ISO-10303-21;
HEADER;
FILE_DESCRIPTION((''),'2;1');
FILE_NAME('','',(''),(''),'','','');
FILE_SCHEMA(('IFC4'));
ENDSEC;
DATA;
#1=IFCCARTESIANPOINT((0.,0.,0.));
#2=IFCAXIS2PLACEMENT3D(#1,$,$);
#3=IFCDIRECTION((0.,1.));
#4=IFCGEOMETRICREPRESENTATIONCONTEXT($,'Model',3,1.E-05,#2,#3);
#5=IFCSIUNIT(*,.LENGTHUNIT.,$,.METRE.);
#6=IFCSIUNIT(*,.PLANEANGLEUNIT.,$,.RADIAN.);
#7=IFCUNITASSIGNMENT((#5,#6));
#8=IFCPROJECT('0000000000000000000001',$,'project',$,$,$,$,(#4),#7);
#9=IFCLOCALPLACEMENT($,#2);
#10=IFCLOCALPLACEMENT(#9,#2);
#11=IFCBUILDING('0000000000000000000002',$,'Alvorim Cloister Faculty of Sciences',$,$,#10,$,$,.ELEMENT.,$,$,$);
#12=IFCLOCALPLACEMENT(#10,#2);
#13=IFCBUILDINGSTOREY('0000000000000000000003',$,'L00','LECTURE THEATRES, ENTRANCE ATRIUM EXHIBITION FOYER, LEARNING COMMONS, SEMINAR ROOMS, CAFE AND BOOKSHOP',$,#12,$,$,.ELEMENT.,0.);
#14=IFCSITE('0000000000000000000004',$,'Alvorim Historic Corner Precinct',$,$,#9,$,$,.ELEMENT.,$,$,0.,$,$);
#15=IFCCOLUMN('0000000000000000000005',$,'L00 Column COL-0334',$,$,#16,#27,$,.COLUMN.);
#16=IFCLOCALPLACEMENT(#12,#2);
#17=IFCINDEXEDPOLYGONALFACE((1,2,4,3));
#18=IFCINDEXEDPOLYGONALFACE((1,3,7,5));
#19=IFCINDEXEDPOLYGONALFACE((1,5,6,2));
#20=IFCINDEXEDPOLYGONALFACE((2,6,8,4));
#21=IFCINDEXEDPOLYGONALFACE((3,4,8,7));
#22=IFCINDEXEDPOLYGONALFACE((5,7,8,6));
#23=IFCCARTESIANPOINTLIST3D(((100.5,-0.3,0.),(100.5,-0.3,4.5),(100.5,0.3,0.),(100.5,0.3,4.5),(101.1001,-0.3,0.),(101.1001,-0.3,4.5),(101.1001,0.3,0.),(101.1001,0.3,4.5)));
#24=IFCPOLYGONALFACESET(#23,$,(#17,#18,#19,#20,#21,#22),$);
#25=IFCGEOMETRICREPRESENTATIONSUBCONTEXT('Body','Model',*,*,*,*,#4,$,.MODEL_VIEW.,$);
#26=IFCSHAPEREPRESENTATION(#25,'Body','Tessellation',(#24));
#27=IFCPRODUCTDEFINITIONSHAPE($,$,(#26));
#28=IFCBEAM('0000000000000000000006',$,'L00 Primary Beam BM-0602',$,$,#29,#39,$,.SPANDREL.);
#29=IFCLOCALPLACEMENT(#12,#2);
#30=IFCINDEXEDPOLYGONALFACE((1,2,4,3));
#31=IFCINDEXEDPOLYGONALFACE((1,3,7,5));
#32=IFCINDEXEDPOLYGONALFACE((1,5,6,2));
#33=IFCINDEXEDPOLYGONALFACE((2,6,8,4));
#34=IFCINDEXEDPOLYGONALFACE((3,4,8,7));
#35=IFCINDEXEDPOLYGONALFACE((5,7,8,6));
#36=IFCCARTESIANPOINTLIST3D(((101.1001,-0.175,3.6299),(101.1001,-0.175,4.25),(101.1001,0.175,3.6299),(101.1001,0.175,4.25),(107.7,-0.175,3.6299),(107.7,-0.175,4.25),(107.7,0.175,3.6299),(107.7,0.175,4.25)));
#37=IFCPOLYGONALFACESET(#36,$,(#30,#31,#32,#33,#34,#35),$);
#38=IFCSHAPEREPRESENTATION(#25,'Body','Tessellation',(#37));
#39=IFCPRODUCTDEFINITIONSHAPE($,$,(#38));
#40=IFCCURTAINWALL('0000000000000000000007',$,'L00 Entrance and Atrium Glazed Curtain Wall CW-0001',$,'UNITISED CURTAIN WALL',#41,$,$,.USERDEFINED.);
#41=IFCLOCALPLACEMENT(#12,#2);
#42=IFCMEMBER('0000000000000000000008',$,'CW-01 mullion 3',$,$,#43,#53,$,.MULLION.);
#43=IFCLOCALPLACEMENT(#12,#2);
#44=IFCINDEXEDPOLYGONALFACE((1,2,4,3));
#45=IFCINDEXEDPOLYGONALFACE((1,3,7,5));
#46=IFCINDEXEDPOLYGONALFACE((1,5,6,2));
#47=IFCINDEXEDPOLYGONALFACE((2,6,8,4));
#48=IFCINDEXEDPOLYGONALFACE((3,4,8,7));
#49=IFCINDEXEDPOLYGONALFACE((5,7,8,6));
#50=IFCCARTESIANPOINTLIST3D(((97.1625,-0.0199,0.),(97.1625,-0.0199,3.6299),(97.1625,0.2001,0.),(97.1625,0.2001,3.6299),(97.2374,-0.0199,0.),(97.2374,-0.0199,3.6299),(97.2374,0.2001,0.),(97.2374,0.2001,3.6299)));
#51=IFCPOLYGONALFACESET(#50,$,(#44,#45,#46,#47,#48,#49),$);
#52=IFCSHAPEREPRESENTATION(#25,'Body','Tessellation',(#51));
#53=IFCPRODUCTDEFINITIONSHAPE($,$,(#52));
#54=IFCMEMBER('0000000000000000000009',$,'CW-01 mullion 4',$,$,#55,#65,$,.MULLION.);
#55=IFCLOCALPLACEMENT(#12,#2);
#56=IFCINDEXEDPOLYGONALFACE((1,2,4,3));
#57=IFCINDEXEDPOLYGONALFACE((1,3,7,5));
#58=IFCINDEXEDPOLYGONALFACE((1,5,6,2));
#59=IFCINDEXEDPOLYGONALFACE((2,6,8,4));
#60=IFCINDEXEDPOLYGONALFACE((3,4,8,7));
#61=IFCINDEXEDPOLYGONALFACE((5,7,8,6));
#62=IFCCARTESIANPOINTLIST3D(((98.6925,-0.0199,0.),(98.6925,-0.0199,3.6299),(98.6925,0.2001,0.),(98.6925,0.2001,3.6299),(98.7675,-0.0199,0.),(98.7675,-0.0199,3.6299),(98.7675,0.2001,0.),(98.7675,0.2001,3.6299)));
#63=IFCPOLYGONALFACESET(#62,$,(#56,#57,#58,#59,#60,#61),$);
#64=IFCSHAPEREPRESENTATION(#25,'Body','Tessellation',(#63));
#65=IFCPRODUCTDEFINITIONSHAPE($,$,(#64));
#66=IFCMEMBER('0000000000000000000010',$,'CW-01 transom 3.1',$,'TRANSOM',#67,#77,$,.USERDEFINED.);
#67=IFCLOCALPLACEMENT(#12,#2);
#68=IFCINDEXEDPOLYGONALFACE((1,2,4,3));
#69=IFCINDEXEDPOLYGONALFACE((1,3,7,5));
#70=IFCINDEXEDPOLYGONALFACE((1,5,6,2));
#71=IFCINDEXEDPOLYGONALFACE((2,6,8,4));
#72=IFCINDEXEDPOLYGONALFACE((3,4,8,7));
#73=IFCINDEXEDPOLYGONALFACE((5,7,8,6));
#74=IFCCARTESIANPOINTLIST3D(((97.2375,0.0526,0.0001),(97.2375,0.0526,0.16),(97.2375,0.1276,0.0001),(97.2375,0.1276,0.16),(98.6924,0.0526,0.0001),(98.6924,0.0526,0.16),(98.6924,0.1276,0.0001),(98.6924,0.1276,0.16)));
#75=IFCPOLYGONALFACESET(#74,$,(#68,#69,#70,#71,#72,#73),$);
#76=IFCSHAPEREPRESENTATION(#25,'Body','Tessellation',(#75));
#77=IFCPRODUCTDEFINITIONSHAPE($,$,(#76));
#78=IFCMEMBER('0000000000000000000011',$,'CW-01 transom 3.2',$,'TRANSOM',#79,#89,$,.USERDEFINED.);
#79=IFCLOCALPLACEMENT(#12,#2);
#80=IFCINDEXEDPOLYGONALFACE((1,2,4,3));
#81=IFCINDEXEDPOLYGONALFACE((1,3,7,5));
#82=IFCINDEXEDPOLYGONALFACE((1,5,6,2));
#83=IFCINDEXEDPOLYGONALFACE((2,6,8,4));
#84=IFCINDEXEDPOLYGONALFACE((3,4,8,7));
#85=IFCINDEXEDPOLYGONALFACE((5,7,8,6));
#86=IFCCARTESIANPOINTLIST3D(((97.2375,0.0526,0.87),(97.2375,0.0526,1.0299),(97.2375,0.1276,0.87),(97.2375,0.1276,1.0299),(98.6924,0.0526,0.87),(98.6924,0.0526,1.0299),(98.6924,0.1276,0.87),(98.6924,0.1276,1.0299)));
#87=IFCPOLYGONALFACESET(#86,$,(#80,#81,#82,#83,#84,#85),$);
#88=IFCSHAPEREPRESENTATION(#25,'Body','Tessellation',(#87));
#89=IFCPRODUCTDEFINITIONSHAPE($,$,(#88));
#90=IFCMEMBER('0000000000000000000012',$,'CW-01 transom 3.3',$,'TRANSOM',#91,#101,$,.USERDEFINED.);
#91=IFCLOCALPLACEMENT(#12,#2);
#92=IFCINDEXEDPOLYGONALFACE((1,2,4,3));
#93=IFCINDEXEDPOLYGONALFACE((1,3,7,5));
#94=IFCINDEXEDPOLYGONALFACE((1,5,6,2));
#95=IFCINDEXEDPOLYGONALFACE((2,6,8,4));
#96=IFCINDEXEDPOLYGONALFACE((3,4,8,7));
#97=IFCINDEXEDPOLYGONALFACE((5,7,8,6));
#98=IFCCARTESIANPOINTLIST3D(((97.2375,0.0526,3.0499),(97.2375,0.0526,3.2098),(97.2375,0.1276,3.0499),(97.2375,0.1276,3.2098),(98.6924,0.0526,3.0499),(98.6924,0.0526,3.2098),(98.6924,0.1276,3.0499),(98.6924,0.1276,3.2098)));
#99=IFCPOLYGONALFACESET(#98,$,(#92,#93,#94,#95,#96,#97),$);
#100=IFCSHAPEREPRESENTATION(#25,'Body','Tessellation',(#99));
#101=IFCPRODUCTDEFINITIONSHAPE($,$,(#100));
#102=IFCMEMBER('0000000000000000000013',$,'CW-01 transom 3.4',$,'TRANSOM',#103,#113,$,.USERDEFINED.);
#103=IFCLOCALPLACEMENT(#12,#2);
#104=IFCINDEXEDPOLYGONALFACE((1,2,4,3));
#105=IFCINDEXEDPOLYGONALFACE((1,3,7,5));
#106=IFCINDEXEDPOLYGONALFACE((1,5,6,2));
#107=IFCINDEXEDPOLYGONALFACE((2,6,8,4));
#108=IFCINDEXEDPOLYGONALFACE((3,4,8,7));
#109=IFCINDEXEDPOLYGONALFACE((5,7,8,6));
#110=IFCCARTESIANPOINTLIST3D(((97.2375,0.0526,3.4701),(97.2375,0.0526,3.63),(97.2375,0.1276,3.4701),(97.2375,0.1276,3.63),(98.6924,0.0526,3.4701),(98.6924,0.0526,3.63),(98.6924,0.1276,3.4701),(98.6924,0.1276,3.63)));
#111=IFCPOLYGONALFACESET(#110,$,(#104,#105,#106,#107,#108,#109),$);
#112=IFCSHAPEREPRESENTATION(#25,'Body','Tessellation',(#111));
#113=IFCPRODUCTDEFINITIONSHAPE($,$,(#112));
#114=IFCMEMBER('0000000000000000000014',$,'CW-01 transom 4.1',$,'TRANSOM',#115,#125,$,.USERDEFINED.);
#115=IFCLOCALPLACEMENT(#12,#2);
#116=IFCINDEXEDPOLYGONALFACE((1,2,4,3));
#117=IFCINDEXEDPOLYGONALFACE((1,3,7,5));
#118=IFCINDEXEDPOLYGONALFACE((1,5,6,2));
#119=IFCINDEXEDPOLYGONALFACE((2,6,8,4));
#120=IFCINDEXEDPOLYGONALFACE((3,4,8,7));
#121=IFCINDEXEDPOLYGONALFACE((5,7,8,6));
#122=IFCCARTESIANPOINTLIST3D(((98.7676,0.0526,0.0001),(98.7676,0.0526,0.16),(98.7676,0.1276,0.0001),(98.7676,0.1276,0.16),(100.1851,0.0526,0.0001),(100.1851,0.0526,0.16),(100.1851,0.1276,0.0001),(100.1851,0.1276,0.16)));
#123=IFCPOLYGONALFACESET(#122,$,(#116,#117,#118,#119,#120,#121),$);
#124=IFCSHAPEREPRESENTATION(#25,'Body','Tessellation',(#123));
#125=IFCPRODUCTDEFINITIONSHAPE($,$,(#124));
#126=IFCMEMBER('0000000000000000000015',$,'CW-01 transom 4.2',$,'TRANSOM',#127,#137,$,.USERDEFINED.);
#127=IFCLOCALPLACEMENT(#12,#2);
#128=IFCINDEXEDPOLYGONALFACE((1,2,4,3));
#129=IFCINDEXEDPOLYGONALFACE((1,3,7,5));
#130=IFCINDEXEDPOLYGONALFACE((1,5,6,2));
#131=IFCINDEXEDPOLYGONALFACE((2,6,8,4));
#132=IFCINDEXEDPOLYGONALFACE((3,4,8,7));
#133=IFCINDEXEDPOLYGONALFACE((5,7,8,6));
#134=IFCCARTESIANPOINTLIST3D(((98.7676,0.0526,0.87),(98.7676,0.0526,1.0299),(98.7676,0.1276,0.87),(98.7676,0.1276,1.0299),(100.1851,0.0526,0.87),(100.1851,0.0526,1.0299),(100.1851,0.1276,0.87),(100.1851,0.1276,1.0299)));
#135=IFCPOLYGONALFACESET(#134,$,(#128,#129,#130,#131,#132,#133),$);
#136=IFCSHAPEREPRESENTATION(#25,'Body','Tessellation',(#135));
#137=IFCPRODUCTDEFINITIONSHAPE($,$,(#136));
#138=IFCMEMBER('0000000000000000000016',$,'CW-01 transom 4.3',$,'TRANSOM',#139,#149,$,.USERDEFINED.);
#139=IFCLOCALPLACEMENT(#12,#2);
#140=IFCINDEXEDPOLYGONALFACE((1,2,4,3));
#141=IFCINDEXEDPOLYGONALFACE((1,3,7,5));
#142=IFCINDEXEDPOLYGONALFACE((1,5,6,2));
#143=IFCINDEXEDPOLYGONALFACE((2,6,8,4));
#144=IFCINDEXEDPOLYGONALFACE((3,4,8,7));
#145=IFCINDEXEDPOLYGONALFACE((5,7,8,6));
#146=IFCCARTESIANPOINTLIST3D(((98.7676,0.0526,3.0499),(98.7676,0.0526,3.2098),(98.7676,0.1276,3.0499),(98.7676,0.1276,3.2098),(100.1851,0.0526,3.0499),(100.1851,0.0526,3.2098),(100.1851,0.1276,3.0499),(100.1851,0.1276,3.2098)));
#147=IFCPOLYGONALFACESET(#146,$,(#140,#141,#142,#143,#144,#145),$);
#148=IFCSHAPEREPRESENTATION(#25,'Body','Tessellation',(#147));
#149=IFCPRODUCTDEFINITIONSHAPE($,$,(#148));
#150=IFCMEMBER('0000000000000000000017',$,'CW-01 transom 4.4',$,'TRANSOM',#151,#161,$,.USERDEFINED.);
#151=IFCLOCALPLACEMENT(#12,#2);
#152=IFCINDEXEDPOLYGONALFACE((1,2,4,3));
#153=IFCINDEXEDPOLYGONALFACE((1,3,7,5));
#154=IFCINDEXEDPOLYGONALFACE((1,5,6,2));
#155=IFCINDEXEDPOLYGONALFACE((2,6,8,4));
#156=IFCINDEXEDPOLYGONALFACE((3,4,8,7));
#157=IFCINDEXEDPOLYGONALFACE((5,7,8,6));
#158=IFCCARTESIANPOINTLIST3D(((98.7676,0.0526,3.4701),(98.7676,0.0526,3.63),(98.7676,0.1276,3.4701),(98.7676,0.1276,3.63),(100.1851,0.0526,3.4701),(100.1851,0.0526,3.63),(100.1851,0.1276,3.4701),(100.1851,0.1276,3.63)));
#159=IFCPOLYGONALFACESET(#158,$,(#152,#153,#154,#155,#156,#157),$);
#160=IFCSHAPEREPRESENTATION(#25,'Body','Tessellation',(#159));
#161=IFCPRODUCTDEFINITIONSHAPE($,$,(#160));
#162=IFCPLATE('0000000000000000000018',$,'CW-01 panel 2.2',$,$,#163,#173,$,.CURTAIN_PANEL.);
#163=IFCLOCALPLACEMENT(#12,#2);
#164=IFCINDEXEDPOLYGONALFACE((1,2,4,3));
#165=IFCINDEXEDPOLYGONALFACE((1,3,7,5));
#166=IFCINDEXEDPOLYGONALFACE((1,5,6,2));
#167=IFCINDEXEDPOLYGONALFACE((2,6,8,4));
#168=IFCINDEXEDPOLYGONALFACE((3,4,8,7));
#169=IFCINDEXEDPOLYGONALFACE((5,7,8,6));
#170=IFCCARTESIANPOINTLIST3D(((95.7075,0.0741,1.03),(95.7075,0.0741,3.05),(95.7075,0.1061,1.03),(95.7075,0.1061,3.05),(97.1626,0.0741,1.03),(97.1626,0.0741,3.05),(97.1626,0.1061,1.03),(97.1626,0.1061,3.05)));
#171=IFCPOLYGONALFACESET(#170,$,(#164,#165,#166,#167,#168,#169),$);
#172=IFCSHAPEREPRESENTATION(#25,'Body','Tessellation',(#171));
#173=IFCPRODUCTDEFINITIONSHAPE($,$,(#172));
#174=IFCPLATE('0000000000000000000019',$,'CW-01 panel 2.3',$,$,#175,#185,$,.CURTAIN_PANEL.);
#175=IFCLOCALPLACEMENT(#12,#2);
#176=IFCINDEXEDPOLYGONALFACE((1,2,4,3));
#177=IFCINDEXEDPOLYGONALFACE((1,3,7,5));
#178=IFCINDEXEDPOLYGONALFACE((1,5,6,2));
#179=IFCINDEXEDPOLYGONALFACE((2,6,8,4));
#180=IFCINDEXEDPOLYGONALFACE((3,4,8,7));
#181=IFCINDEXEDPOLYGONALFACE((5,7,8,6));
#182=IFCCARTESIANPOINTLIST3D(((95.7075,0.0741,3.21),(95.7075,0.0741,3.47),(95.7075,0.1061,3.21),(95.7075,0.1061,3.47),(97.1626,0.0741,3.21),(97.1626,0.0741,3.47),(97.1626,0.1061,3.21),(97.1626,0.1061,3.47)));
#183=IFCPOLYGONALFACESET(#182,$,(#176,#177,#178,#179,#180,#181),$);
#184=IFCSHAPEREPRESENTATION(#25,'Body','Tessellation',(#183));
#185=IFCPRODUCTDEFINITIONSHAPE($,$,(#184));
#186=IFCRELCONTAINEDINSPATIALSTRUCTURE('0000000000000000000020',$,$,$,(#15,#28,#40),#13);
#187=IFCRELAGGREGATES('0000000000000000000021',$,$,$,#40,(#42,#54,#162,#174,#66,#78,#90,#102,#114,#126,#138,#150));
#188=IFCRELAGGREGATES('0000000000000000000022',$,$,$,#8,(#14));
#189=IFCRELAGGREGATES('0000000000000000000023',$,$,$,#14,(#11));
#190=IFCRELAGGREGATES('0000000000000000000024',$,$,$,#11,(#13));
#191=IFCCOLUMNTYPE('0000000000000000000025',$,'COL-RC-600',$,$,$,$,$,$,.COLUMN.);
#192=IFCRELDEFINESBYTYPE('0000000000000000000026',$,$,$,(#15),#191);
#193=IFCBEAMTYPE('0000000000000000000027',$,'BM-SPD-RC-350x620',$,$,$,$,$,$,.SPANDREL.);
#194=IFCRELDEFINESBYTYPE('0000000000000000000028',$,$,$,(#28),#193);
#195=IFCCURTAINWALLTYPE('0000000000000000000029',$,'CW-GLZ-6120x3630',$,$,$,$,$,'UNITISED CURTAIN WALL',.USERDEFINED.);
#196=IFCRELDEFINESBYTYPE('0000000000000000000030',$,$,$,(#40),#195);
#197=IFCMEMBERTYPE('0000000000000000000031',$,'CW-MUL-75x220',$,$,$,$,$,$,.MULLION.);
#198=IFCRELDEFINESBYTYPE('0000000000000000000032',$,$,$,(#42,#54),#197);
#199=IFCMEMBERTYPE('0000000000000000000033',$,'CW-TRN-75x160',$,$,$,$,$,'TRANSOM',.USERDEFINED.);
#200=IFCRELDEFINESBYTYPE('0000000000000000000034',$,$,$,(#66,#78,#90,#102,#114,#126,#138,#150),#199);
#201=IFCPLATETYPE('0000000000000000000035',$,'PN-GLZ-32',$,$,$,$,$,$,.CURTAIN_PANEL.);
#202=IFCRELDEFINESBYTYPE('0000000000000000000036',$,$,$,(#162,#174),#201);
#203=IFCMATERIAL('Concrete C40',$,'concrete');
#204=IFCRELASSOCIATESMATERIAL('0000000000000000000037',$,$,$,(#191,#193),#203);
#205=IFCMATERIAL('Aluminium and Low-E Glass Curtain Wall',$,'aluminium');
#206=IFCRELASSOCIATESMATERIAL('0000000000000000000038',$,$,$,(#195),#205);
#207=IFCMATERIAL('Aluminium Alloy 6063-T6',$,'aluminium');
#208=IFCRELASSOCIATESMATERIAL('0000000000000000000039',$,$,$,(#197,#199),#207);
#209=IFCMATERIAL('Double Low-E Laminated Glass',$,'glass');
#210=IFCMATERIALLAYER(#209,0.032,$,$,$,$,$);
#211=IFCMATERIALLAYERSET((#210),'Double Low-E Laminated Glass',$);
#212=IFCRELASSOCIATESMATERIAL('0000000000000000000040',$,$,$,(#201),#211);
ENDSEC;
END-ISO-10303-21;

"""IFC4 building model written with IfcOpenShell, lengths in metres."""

from ifc_helpers import new_model, si_unit, direction, frame, origin, origin_2d, place, context, subcontext, project, spatial, rectangle, extrude, material, layer, layer_set, material_profile, profile_set, type_object, element, aggregate, save


model = new_model("IFC4")

# Units and contexts
model_context = context("Model", 3, precision=1e-05, world=origin(), true_north=direction((0.0, 1.0)))
body_context = subcontext(model_context, "Body", "Model", "MODEL_VIEW")
ifc_project = project(units=[si_unit("LENGTHUNIT", "METRE"), si_unit("PLANEANGLEUNIT", "RADIAN")], contexts=[model_context])

# Site, building, storey
site_placement = place(None, origin())
site = spatial("IfcSite", under=ifc_project, at=site_placement, Name="Alvorim Historic Corner Precinct", CompositionType="ELEMENT", RefElevation=0.0)
building_placement = place(site_placement, origin())
building = spatial("IfcBuilding", under=site, at=building_placement, Name="Alvorim Cloister Faculty of Sciences", CompositionType="ELEMENT")
storey_placement = place(building_placement, origin())
storey = spatial("IfcBuildingStorey", under=building, at=storey_placement, Name="L00", Description="LECTURE THEATRES, ENTRANCE ATRIUM EXHIBITION FOYER, LEARNING COMMONS, SEMINAR ROOMS, CAFE AND BOOKSHOP", CompositionType="ELEMENT", Elevation=0.0)

# Column
ifc_material_1 = material(Name="Concrete C40", Category="concrete")
ifc_material_profile_1 = material_profile(ifc_material_1, rectangle(XDim=0.6001, YDim=0.6001, at=origin_2d()), Name="RC40-COL-600x600")
ifc_profile_set_1 = profile_set([ifc_material_profile_1], Name="Concrete C40")
column_type = type_object("IfcColumnType", Name="COL-RC-600", PredefinedType="COLUMN", material=ifc_profile_set_1)
column_placement = place(storey_placement, frame((100.8, 0.0, 0.0), z_axis=(0.0, 0.0, 1.0), x_axis=(1.0, 0.0, 0.0)))
element("IfcColumn", 1, at=column_placement, inside=storey, type_object=column_type, Name="L00 Column COL-0334", PredefinedType="COLUMN", context=body_context, shape_type="SweptSolid", body=[
    extrude(rectangle(XDim=0.6001, YDim=0.6001, at=origin_2d()), origin(), (0.0, 0.0, 1.0), 4.5),
])

# Beam
ifc_material_profile_2 = material_profile(ifc_material_1, rectangle(XDim=0.3501, YDim=0.6201, at=origin_2d()), Name="RC40-SPD-350x620")
ifc_profile_set_2 = profile_set([ifc_material_profile_2], Name="Concrete C40")
beam_type = type_object("IfcBeamType", Name="BM-SPD-RC-350x620", PredefinedType="SPANDREL", material=ifc_profile_set_2)
beam_placement = place(storey_placement, frame((101.1001, 0.0, 3.9399), z_axis=(1.0, 0.0, 0.0), x_axis=(0.0, 1.0, 0.0)))
element("IfcBeam", 2, at=beam_placement, inside=storey, type_object=beam_type, Name="L00 Primary Beam BM-0602", PredefinedType="SPANDREL", context=body_context, shape_type="SweptSolid", body=[
    extrude(rectangle(XDim=0.3501, YDim=0.6201, at=origin_2d()), origin(), (0.0, 0.0, 1.0), 6.5999),
])

# Curtain wall, members, plates
ifc_material_2 = material(Name="Aluminium and Low-E Glass Curtain Wall", Category="aluminium")
curtain_wall_type = type_object("IfcCurtainWallType", Name="CW-GLZ-6120x3630", ElementType="UNITISED CURTAIN WALL", PredefinedType="USERDEFINED", material=ifc_material_2)
curtain_wall_placement = place(storey_placement, origin())
curtain_wall = element("IfcCurtainWall", 3, at=curtain_wall_placement, inside=storey, type_object=curtain_wall_type, Name="L00 Entrance and Atrium Glazed Curtain Wall CW-0001", ObjectType="UNITISED CURTAIN WALL", PredefinedType="USERDEFINED")
ifc_material_3 = material(Name="Aluminium Alloy 6063-T6", Category="aluminium")
ifc_material_profile_3 = material_profile(ifc_material_3, rectangle(XDim=0.075, YDim=0.22, at=origin_2d()), Name="ALU-MUL-75x220")
ifc_profile_set_3 = profile_set([ifc_material_profile_3], Name="Aluminium Alloy 6063-T6")
member_type_1 = type_object("IfcMemberType", Name="CW-MUL-75x220", PredefinedType="MULLION", material=ifc_profile_set_3)
member_1_placement = place(storey_placement, frame((97.2, 0.0901, 0.0), z_axis=(0.0, 0.0, 1.0), x_axis=(1.0, 0.0, 0.0)))
member_1 = element("IfcMember", 4, at=member_1_placement, type_object=member_type_1, Name="CW-01 mullion 3", PredefinedType="MULLION", context=body_context, shape_type="SweptSolid", body=[
    extrude(rectangle(XDim=0.075, YDim=0.22, at=origin_2d()), origin(), (0.0, 0.0, 1.0), 3.6299),
])
member_2_placement = place(storey_placement, frame((98.73, 0.0901, 0.0), z_axis=(0.0, 0.0, 1.0), x_axis=(1.0, 0.0, 0.0)))
member_2 = element("IfcMember", 5, at=member_2_placement, type_object=member_type_1, Name="CW-01 mullion 4", PredefinedType="MULLION", context=body_context, shape_type="SweptSolid", body=[
    extrude(rectangle(XDim=0.075, YDim=0.22, at=origin_2d()), origin(), (0.0, 0.0, 1.0), 3.6299),
])
ifc_material_profile_4 = material_profile(ifc_material_3, rectangle(XDim=0.075, YDim=0.1599, at=origin_2d()), Name="ALU-TRN-75x160")
ifc_profile_set_4 = profile_set([ifc_material_profile_4], Name="Aluminium Alloy 6063-T6")
member_type_2 = type_object("IfcMemberType", Name="CW-TRN-75x160", ElementType="TRANSOM", PredefinedType="USERDEFINED", material=ifc_profile_set_4)
member_3_placement = place(storey_placement, frame((97.2375, 0.0901, 0.0801), z_axis=(1.0, 0.0, 0.0), x_axis=(0.0, 1.0, 0.0)))
member_3 = element("IfcMember", 6, at=member_3_placement, type_object=member_type_2, Name="CW-01 transom 3.1", ObjectType="TRANSOM", PredefinedType="USERDEFINED", context=body_context, shape_type="SweptSolid", body=[
    extrude(rectangle(XDim=0.075, YDim=0.1599, at=origin_2d()), origin(), (0.0, 0.0, 1.0), 1.4548),
])
member_4_placement = place(storey_placement, frame((97.2375, 0.0901, 0.95), z_axis=(1.0, 0.0, 0.0), x_axis=(0.0, 1.0, 0.0)))
member_4 = element("IfcMember", 7, at=member_4_placement, type_object=member_type_2, Name="CW-01 transom 3.2", ObjectType="TRANSOM", PredefinedType="USERDEFINED", context=body_context, shape_type="SweptSolid", body=[
    extrude(rectangle(XDim=0.075, YDim=0.1599, at=origin_2d()), origin(), (0.0, 0.0, 1.0), 1.4548),
])
member_5_placement = place(storey_placement, frame((97.2375, 0.0901, 3.1299), z_axis=(1.0, 0.0, 0.0), x_axis=(0.0, 1.0, 0.0)))
member_5 = element("IfcMember", 8, at=member_5_placement, type_object=member_type_2, Name="CW-01 transom 3.3", ObjectType="TRANSOM", PredefinedType="USERDEFINED", context=body_context, shape_type="SweptSolid", body=[
    extrude(rectangle(XDim=0.075, YDim=0.1599, at=origin_2d()), origin(), (0.0, 0.0, 1.0), 1.4548),
])
member_6_placement = place(storey_placement, frame((97.2375, 0.0901, 3.55), z_axis=(1.0, 0.0, 0.0), x_axis=(0.0, 1.0, 0.0)))
member_6 = element("IfcMember", 9, at=member_6_placement, type_object=member_type_2, Name="CW-01 transom 3.4", ObjectType="TRANSOM", PredefinedType="USERDEFINED", context=body_context, shape_type="SweptSolid", body=[
    extrude(rectangle(XDim=0.075, YDim=0.1599, at=origin_2d()), origin(), (0.0, 0.0, 1.0), 1.4548),
])
member_7_placement = place(storey_placement, frame((98.7676, 0.0901, 0.0801), z_axis=(1.0, 0.0, 0.0), x_axis=(0.0, 1.0, 0.0)))
member_7 = element("IfcMember", 10, at=member_7_placement, type_object=member_type_2, Name="CW-01 transom 4.1", ObjectType="TRANSOM", PredefinedType="USERDEFINED", context=body_context, shape_type="SweptSolid", body=[
    extrude(rectangle(XDim=0.075, YDim=0.1599, at=origin_2d()), origin(), (0.0, 0.0, 1.0), 1.4175),
])
member_8_placement = place(storey_placement, frame((98.7676, 0.0901, 0.95), z_axis=(1.0, 0.0, 0.0), x_axis=(0.0, 1.0, 0.0)))
member_8 = element("IfcMember", 11, at=member_8_placement, type_object=member_type_2, Name="CW-01 transom 4.2", ObjectType="TRANSOM", PredefinedType="USERDEFINED", context=body_context, shape_type="SweptSolid", body=[
    extrude(rectangle(XDim=0.075, YDim=0.1599, at=origin_2d()), origin(), (0.0, 0.0, 1.0), 1.4175),
])
member_9_placement = place(storey_placement, frame((98.7676, 0.0901, 3.1299), z_axis=(1.0, 0.0, 0.0), x_axis=(0.0, 1.0, 0.0)))
member_9 = element("IfcMember", 12, at=member_9_placement, type_object=member_type_2, Name="CW-01 transom 4.3", ObjectType="TRANSOM", PredefinedType="USERDEFINED", context=body_context, shape_type="SweptSolid", body=[
    extrude(rectangle(XDim=0.075, YDim=0.1599, at=origin_2d()), origin(), (0.0, 0.0, 1.0), 1.4175),
])
member_10_placement = place(storey_placement, frame((98.7676, 0.0901, 3.55), z_axis=(1.0, 0.0, 0.0), x_axis=(0.0, 1.0, 0.0)))
member_10 = element("IfcMember", 13, at=member_10_placement, type_object=member_type_2, Name="CW-01 transom 4.4", ObjectType="TRANSOM", PredefinedType="USERDEFINED", context=body_context, shape_type="SweptSolid", body=[
    extrude(rectangle(XDim=0.075, YDim=0.1599, at=origin_2d()), origin(), (0.0, 0.0, 1.0), 1.4175),
])
ifc_material_4 = material(Name="Double Low-E Laminated Glass", Category="glass")
ifc_layer = layer(ifc_material_4, 0.032)
ifc_layer_set = layer_set([ifc_layer], Name="Double Low-E Laminated Glass")
plate_type = type_object("IfcPlateType", Name="PN-GLZ-32", PredefinedType="CURTAIN_PANEL", material=ifc_layer_set)
plate_1_placement = place(storey_placement, frame((96.4351, 0.0901, 1.03), z_axis=(0.0, 0.0, 1.0), x_axis=(1.0, 0.0, 0.0)))
plate_1 = element("IfcPlate", 14, at=plate_1_placement, type_object=plate_type, Name="CW-01 panel 2.2", PredefinedType="CURTAIN_PANEL", context=body_context, shape_type="SweptSolid", body=[
    extrude(rectangle(XDim=1.4551, YDim=0.032, at=origin_2d()), origin(), (0.0, 0.0, 1.0), 2.02),
])
plate_2_placement = place(storey_placement, frame((96.4351, 0.0901, 3.21), z_axis=(0.0, 0.0, 1.0), x_axis=(1.0, 0.0, 0.0)))
plate_2 = element("IfcPlate", 15, at=plate_2_placement, type_object=plate_type, Name="CW-01 panel 2.3", PredefinedType="CURTAIN_PANEL", context=body_context, shape_type="SweptSolid", body=[
    extrude(rectangle(XDim=1.4551, YDim=0.032, at=origin_2d()), origin(), (0.0, 0.0, 1.0), 0.26),
])
aggregate(curtain_wall, [member_1, member_2, plate_1, plate_2, member_3, member_4, member_5, member_6, member_7, member_8, member_9, member_10])

save(model, "model.ifc")
